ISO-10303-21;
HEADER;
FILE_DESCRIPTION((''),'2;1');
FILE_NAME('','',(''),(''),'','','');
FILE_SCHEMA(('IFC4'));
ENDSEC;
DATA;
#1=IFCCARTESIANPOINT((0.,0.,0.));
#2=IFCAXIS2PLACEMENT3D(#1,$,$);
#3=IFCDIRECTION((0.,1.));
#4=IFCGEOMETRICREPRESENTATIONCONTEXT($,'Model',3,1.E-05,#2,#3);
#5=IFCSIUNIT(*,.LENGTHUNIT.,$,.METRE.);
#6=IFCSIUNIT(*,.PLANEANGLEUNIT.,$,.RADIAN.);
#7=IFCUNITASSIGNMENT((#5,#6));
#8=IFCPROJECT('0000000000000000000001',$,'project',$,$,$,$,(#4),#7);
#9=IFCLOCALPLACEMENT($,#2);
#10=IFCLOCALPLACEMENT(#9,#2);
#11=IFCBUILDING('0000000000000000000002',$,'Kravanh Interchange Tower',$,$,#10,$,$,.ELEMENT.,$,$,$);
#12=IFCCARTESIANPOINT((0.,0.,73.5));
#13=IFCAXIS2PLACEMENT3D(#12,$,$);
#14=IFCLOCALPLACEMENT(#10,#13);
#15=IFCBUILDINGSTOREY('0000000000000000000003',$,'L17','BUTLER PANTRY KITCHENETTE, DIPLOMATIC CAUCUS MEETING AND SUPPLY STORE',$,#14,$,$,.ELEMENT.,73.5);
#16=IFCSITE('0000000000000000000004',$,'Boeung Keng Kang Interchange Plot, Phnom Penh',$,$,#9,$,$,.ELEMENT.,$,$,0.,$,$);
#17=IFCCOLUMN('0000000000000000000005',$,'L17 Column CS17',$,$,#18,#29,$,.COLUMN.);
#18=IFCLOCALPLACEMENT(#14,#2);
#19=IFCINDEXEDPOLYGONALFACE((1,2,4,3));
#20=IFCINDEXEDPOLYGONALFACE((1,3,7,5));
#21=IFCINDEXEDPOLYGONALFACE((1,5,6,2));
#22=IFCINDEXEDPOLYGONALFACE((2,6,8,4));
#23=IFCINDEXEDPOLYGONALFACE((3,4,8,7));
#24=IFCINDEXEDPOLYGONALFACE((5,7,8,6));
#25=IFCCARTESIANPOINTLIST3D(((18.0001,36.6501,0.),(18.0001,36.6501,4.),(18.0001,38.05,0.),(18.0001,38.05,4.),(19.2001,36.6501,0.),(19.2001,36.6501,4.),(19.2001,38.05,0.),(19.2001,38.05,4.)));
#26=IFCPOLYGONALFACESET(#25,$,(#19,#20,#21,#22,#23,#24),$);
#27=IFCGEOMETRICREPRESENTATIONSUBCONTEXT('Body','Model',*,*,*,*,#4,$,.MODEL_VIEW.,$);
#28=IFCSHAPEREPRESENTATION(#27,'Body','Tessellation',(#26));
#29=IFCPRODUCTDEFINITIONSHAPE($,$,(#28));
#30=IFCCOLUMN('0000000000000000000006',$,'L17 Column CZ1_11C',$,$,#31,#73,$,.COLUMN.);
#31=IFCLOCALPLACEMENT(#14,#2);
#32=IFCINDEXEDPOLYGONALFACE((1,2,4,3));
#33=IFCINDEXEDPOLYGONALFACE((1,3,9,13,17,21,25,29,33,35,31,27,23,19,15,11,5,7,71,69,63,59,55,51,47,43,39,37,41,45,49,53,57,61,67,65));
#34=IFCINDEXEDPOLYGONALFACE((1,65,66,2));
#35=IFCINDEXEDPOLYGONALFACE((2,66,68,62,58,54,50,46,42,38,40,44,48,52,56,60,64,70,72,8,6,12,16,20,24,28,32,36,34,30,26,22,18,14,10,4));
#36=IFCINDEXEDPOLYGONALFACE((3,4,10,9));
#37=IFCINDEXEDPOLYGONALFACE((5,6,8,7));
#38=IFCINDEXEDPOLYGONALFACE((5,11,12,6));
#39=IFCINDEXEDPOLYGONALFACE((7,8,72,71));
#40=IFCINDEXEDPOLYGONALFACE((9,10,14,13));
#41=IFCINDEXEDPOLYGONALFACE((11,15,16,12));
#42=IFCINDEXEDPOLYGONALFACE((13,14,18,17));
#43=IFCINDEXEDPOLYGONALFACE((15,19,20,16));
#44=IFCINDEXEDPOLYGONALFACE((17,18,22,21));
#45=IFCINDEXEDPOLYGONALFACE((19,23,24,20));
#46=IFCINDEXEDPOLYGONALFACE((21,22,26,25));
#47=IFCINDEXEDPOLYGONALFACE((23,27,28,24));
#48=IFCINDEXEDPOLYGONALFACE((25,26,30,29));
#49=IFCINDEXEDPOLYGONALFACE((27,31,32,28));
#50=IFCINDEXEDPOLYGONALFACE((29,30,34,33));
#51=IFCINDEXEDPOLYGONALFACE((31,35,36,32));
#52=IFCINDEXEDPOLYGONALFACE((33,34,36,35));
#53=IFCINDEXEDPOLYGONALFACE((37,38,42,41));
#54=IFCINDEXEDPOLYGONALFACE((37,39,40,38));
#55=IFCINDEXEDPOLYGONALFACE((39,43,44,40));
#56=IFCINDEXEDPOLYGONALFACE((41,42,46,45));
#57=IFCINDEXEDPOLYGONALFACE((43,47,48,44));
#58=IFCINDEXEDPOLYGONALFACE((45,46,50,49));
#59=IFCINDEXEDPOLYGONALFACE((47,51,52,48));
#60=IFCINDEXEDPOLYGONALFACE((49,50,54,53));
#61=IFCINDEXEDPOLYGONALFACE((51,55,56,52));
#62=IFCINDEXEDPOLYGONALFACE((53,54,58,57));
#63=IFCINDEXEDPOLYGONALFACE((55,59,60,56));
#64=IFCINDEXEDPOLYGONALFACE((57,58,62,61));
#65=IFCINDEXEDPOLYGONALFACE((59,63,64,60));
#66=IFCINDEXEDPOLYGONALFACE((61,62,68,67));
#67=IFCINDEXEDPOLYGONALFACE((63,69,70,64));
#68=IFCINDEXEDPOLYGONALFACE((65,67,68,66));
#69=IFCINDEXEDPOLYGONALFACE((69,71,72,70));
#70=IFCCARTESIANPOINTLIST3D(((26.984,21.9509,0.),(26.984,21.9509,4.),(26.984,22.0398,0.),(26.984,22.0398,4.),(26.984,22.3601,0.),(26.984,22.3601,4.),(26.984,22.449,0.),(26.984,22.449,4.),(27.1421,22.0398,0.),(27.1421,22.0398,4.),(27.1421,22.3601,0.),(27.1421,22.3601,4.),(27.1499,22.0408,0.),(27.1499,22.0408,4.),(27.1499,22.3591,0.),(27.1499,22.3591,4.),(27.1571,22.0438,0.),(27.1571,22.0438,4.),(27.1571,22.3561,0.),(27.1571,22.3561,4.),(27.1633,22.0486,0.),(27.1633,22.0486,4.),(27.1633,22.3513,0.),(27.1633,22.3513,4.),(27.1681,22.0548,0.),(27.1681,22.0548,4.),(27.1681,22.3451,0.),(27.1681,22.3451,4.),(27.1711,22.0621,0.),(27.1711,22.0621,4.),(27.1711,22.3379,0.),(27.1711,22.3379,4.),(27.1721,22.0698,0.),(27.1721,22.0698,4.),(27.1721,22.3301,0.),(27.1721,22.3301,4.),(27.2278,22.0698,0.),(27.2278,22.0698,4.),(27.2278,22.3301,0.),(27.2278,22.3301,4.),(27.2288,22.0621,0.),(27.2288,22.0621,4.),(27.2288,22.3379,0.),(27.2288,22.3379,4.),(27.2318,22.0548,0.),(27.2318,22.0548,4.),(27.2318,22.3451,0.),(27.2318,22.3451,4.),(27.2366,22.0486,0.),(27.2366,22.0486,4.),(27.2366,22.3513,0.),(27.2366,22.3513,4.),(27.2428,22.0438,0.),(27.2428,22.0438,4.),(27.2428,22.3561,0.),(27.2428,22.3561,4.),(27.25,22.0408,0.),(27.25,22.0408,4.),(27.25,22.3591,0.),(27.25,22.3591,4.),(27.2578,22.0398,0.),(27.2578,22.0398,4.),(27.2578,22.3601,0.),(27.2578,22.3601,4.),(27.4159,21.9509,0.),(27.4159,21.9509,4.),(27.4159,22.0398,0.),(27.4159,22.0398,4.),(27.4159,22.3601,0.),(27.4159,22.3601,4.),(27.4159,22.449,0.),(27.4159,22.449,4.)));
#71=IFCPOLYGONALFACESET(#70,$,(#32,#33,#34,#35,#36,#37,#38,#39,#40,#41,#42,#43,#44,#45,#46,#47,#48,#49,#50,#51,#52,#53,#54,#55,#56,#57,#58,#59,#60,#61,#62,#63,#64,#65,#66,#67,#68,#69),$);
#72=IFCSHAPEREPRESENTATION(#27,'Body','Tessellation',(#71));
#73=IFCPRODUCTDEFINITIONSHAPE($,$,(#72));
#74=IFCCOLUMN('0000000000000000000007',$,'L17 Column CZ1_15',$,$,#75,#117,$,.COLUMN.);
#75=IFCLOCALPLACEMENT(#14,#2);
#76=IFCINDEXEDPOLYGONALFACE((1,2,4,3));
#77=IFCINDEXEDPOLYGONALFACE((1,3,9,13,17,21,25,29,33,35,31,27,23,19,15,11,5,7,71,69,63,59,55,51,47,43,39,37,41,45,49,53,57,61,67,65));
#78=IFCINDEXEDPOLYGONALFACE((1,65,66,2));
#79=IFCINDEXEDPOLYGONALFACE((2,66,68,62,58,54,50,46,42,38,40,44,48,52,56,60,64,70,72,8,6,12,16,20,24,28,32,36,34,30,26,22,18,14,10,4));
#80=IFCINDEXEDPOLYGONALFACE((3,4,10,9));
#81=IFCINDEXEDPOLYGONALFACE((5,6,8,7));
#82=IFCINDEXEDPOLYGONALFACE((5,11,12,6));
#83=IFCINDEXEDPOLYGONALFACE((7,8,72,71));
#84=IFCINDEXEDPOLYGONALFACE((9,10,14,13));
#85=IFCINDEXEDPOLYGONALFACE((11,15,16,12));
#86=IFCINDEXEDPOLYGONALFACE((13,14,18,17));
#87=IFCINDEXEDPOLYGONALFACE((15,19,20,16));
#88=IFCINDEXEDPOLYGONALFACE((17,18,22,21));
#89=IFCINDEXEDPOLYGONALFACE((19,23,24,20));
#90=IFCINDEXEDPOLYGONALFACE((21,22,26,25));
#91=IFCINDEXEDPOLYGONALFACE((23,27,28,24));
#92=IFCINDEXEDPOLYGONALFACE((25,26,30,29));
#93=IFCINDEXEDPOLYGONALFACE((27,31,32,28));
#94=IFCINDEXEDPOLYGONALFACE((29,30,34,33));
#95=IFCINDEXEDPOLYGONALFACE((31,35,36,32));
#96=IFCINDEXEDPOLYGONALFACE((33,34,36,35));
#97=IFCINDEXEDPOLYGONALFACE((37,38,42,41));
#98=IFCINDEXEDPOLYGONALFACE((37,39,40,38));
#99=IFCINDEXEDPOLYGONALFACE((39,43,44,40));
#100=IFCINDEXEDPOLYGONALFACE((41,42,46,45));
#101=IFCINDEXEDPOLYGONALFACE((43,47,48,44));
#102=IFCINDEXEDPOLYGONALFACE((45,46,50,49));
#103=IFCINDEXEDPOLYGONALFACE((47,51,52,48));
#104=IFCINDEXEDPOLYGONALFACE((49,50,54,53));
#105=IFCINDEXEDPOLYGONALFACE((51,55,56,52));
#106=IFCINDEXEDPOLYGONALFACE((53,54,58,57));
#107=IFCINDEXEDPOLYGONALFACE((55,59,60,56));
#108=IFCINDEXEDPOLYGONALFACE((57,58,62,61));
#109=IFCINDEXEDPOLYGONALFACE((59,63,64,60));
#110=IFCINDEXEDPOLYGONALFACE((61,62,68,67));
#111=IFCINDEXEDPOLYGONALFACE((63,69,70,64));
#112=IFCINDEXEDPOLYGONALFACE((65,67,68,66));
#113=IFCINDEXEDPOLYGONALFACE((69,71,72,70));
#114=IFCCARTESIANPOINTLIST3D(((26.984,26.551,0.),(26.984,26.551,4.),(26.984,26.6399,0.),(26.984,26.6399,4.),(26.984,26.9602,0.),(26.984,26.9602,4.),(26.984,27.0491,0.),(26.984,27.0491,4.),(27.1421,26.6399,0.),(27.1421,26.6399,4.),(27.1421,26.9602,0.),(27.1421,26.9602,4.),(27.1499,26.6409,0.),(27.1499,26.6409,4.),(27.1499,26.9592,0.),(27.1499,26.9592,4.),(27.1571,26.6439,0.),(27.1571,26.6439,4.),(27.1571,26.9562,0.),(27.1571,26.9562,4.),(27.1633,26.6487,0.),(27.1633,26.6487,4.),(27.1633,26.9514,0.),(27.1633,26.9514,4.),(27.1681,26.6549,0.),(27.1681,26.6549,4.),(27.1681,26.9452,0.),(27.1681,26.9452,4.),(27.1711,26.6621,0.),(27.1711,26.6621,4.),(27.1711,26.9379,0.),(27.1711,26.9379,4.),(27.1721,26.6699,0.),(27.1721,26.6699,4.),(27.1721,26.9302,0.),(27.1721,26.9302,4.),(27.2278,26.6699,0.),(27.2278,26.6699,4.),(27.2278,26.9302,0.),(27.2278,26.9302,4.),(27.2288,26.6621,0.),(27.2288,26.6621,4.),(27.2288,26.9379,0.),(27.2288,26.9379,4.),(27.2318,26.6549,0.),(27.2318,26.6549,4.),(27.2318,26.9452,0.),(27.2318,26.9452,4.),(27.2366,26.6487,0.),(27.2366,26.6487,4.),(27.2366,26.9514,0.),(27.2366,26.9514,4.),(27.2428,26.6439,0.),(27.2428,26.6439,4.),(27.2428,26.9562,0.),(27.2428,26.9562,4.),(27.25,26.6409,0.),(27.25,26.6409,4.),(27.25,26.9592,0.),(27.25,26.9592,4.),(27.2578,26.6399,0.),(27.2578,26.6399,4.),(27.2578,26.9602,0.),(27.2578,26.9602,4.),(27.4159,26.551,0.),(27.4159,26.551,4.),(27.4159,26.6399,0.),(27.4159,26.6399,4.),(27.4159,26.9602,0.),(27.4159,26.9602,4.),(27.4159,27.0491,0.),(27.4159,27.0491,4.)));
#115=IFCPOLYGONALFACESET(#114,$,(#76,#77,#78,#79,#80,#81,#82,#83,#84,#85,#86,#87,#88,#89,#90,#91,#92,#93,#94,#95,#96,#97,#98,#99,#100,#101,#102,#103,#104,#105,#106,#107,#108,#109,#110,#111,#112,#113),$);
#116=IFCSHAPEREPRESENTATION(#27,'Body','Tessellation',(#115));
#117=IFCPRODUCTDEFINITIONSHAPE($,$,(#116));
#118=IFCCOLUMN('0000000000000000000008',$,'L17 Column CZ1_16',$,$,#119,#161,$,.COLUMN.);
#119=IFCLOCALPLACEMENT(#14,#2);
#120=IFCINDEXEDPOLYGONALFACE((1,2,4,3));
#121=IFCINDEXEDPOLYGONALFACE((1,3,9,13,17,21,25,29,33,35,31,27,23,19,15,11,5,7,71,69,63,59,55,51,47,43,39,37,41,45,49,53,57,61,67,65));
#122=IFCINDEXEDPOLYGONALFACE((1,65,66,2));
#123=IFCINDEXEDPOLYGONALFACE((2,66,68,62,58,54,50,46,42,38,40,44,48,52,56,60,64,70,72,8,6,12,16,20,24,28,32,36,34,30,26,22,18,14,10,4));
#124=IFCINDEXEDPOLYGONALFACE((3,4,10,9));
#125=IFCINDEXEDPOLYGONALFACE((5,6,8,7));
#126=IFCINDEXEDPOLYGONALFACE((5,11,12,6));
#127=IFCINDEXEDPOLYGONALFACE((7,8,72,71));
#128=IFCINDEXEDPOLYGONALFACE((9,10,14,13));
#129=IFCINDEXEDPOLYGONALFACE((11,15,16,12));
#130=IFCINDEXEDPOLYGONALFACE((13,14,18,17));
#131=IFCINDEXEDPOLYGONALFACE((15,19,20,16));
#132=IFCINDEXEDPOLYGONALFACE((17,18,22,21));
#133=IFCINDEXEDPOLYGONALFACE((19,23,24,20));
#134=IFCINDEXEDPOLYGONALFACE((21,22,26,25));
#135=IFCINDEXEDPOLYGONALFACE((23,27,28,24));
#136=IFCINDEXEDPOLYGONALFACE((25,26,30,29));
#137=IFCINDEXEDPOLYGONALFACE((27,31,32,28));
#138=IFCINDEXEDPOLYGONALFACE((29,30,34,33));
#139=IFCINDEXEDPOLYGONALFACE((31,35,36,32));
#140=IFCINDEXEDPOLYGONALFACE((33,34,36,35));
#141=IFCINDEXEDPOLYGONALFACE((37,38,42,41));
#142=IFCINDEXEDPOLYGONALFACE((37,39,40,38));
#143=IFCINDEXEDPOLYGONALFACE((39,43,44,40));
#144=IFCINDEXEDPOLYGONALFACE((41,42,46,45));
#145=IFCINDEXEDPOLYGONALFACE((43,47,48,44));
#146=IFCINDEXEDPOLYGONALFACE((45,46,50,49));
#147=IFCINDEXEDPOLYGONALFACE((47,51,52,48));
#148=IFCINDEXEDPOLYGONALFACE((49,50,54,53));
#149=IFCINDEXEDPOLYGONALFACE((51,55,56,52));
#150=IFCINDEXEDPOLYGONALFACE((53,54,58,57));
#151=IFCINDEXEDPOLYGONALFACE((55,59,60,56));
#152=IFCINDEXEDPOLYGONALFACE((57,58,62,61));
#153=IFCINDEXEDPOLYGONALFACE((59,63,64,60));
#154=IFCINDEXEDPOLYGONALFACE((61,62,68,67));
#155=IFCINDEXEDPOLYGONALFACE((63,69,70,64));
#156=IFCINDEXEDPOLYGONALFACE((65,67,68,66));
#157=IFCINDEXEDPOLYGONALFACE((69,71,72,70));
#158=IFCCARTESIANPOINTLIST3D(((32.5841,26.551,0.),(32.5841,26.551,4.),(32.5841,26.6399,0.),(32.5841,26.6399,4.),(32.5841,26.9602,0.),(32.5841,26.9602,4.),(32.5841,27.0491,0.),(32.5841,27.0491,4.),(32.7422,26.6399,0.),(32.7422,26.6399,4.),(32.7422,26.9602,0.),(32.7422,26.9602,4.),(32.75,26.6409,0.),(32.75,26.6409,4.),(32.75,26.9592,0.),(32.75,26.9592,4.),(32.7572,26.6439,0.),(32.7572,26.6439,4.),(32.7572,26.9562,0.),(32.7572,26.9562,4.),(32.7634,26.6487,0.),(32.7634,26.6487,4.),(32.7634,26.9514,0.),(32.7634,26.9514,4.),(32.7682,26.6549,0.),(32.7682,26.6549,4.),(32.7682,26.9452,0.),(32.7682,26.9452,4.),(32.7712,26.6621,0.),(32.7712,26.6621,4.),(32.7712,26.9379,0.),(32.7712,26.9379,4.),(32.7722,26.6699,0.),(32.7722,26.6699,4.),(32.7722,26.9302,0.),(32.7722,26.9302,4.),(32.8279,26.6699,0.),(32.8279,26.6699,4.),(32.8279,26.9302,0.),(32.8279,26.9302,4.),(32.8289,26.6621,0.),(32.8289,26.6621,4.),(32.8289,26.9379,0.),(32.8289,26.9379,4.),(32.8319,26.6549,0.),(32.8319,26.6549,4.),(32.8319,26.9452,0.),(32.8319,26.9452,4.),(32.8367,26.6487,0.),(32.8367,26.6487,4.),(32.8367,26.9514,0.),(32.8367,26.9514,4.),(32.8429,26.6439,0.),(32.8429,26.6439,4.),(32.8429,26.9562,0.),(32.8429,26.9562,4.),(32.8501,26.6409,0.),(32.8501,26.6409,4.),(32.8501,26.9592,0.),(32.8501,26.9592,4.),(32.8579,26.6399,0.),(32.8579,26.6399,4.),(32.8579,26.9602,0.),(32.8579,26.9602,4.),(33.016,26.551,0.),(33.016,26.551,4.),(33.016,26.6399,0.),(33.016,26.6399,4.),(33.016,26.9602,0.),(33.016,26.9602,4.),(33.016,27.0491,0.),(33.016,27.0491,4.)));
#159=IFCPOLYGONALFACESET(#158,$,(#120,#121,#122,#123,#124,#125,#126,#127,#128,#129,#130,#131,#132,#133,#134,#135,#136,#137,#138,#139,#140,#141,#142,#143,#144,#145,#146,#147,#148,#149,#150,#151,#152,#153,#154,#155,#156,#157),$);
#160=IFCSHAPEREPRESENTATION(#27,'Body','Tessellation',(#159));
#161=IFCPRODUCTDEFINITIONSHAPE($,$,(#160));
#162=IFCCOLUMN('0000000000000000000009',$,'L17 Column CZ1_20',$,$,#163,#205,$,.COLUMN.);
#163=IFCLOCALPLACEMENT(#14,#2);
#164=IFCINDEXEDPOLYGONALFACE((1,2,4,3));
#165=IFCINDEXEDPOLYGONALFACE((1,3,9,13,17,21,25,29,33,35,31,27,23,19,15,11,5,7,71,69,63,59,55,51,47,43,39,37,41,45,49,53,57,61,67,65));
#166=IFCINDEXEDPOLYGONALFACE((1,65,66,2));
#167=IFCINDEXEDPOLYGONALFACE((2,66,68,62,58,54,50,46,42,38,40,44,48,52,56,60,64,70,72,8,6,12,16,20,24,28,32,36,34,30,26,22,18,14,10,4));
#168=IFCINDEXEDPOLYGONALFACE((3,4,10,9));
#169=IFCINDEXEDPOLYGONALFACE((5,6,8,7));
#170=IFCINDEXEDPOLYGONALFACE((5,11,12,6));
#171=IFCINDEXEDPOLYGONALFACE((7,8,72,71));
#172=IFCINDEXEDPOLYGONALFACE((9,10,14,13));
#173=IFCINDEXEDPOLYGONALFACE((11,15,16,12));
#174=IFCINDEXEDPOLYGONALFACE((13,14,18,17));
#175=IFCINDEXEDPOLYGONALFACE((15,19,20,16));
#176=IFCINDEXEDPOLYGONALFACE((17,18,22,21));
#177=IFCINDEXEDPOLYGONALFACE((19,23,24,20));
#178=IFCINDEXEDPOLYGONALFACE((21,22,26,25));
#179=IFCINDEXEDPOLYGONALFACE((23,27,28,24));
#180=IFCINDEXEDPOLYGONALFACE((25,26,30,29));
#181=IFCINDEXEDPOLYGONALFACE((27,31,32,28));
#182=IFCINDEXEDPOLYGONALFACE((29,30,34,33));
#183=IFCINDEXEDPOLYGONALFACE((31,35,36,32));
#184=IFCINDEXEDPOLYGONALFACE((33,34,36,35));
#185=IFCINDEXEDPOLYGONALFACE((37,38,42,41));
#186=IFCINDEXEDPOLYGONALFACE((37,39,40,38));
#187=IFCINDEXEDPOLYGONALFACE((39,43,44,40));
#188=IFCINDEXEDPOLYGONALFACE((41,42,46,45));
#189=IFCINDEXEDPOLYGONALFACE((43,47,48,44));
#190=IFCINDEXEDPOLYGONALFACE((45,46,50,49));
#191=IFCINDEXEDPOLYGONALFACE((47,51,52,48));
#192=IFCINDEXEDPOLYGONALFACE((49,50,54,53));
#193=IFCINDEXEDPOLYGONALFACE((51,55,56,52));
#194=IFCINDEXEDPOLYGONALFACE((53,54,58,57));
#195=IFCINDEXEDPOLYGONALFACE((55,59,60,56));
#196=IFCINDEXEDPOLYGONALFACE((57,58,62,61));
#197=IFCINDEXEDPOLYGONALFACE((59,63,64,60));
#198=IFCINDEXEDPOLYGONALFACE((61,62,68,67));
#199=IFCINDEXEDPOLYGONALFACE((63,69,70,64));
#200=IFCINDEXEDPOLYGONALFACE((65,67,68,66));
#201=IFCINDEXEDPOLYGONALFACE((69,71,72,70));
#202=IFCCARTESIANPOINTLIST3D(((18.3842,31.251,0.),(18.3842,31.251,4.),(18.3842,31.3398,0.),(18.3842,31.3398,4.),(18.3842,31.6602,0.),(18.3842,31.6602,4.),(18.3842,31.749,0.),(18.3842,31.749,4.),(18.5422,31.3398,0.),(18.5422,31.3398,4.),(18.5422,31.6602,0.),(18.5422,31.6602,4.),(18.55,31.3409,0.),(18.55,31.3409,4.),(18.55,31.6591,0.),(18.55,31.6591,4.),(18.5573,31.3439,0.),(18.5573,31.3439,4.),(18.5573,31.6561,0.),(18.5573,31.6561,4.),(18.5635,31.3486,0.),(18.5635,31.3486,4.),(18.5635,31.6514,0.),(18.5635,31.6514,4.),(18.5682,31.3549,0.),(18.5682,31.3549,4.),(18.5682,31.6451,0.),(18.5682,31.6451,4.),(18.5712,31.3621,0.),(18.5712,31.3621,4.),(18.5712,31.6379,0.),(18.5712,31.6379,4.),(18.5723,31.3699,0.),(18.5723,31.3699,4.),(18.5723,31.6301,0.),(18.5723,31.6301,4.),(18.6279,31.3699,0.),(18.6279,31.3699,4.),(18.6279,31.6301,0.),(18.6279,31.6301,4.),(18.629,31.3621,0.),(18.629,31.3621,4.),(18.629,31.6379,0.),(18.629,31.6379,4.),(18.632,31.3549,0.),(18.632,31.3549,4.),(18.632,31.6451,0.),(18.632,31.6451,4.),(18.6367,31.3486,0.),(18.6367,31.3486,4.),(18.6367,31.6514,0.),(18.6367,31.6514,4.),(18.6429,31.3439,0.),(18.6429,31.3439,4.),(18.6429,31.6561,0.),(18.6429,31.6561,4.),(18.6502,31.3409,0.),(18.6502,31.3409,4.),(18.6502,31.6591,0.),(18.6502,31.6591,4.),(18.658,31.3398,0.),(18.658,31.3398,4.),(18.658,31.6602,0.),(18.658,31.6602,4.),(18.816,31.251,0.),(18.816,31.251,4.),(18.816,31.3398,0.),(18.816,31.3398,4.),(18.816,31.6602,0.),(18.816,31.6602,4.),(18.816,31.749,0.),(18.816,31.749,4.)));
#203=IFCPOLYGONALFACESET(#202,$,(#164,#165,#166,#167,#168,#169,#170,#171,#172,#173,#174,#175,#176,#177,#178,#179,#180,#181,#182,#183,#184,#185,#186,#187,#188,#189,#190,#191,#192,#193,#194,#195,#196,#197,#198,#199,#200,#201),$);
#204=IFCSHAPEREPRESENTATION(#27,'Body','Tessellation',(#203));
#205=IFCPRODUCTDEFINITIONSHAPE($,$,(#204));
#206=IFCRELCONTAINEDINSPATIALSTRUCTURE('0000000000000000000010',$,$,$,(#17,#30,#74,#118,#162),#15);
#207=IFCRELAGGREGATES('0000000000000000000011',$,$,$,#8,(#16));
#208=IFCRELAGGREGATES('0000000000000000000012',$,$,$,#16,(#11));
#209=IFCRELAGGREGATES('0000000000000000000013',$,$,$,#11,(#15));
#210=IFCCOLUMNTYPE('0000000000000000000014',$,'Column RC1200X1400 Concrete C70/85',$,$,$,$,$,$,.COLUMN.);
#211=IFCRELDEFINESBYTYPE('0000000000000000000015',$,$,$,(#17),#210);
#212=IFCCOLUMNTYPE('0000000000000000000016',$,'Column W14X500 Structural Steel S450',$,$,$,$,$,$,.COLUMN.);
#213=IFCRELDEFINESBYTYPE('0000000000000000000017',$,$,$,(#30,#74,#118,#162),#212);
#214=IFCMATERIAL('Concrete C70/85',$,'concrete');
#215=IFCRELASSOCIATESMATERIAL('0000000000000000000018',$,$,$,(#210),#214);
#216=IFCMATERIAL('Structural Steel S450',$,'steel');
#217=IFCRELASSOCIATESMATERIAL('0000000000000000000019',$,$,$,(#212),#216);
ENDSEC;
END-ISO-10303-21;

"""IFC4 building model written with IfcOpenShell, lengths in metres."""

from ifc_helpers import new_model, si_unit, direction, frame, origin, origin_2d, place, context, subcontext, project, spatial, rectangle, i_section, extrude, material, material_profile, profile_set, type_object, element, save


model = new_model("IFC4")

# Units and contexts
model_context = context("Model", 3, precision=1e-05, world=origin(), true_north=direction((0.0, 1.0)))
body_context = subcontext(model_context, "Body", "Model", "MODEL_VIEW")
ifc_project = project(units=[si_unit("LENGTHUNIT", "METRE"), si_unit("PLANEANGLEUNIT", "RADIAN")], contexts=[model_context])

# Site, building, storey
site_placement = place(None, origin())
site = spatial("IfcSite", under=ifc_project, at=site_placement, Name="Boeung Keng Kang Interchange Plot, Phnom Penh", CompositionType="ELEMENT", RefElevation=0.0)
building_placement = place(site_placement, origin())
building = spatial("IfcBuilding", under=site, at=building_placement, Name="Kravanh Interchange Tower", CompositionType="ELEMENT")
storey_placement = place(building_placement, frame((0.0, 0.0, 73.5)))
storey = spatial("IfcBuildingStorey", under=building, at=storey_placement, Name="L17", Description="BUTLER PANTRY KITCHENETTE, DIPLOMATIC CAUCUS MEETING AND SUPPLY STORE", CompositionType="ELEMENT", Elevation=73.5)

# Columns
ifc_material_1 = material(Name="Concrete C70/85", Category="concrete")
ifc_material_profile_1 = material_profile(ifc_material_1, rectangle(XDim=1.2, YDim=1.3999, at=origin_2d()), Name="RC1200X1400")
ifc_profile_set_1 = profile_set([ifc_material_profile_1], Name="Concrete C70/85")
column_type_1 = type_object("IfcColumnType", Name="Column RC1200X1400 Concrete C70/85", PredefinedType="COLUMN", material=ifc_profile_set_1)
column_placement = place(storey_placement, frame((18.6001, 37.3501, 0.0), z_axis=(0.0, 0.0, 1.0), x_axis=(1.0, 0.0, 0.0)))
element("IfcColumn", 1, at=column_placement, inside=storey, type_object=column_type_1, Name="L17 Column CS17", PredefinedType="COLUMN", context=body_context, shape_type="SweptSolid", body=[
    extrude(rectangle(XDim=1.2, YDim=1.3999, at=origin_2d()), origin(), (0.0, 0.0, 1.0), 4.0),
])
ifc_material_2 = material(Name="Structural Steel S450", Category="steel")
ifc_material_profile_2 = material_profile(ifc_material_2, i_section(OverallWidth=0.4319, OverallDepth=0.498, WebThickness=0.0557, FlangeThickness=0.0889, FilletRadius=0.03, at=origin_2d()), Name="W14X500")
ifc_profile_set_2 = profile_set([ifc_material_profile_2], Name="Structural Steel S450")
column_type_2 = type_object("IfcColumnType", Name="Column W14X500 Structural Steel S450", PredefinedType="COLUMN", material=ifc_profile_set_2)
for number, where, z_axis, x_axis, name in (
    (2, (27.2, 22.2, 0.0), (0.0, 0.0, 1.0), (1.0, 0.0, 0.0), "L17 Column CZ1_11C"),
    (3, (27.2, 26.8, 0.0), (0.0, 0.0, 1.0), (1.0, 0.0, 0.0), "L17 Column CZ1_15"),
    (4, (32.8, 26.8, 0.0), (0.0, 0.0, 1.0), (1.0, 0.0, 0.0), "L17 Column CZ1_16"),
    (5, (18.6001, 31.5, 0.0), (0.0, 0.0, 1.0), (1.0, 0.0, 0.0), "L17 Column CZ1_20"),
):
    element("IfcColumn", number, at=place(storey_placement, frame(where, z_axis=z_axis, x_axis=x_axis)), inside=storey, type_object=column_type_2, Name=name, PredefinedType="COLUMN", context=body_context, shape_type="SweptSolid", body=[
        extrude(i_section(OverallWidth=0.4319, OverallDepth=0.498, WebThickness=0.0557, FlangeThickness=0.0889, FilletRadius=0.03, at=origin_2d()), origin(), (0.0, 0.0, 1.0), 4.0),
    ])

save(model, "model.ifc")
